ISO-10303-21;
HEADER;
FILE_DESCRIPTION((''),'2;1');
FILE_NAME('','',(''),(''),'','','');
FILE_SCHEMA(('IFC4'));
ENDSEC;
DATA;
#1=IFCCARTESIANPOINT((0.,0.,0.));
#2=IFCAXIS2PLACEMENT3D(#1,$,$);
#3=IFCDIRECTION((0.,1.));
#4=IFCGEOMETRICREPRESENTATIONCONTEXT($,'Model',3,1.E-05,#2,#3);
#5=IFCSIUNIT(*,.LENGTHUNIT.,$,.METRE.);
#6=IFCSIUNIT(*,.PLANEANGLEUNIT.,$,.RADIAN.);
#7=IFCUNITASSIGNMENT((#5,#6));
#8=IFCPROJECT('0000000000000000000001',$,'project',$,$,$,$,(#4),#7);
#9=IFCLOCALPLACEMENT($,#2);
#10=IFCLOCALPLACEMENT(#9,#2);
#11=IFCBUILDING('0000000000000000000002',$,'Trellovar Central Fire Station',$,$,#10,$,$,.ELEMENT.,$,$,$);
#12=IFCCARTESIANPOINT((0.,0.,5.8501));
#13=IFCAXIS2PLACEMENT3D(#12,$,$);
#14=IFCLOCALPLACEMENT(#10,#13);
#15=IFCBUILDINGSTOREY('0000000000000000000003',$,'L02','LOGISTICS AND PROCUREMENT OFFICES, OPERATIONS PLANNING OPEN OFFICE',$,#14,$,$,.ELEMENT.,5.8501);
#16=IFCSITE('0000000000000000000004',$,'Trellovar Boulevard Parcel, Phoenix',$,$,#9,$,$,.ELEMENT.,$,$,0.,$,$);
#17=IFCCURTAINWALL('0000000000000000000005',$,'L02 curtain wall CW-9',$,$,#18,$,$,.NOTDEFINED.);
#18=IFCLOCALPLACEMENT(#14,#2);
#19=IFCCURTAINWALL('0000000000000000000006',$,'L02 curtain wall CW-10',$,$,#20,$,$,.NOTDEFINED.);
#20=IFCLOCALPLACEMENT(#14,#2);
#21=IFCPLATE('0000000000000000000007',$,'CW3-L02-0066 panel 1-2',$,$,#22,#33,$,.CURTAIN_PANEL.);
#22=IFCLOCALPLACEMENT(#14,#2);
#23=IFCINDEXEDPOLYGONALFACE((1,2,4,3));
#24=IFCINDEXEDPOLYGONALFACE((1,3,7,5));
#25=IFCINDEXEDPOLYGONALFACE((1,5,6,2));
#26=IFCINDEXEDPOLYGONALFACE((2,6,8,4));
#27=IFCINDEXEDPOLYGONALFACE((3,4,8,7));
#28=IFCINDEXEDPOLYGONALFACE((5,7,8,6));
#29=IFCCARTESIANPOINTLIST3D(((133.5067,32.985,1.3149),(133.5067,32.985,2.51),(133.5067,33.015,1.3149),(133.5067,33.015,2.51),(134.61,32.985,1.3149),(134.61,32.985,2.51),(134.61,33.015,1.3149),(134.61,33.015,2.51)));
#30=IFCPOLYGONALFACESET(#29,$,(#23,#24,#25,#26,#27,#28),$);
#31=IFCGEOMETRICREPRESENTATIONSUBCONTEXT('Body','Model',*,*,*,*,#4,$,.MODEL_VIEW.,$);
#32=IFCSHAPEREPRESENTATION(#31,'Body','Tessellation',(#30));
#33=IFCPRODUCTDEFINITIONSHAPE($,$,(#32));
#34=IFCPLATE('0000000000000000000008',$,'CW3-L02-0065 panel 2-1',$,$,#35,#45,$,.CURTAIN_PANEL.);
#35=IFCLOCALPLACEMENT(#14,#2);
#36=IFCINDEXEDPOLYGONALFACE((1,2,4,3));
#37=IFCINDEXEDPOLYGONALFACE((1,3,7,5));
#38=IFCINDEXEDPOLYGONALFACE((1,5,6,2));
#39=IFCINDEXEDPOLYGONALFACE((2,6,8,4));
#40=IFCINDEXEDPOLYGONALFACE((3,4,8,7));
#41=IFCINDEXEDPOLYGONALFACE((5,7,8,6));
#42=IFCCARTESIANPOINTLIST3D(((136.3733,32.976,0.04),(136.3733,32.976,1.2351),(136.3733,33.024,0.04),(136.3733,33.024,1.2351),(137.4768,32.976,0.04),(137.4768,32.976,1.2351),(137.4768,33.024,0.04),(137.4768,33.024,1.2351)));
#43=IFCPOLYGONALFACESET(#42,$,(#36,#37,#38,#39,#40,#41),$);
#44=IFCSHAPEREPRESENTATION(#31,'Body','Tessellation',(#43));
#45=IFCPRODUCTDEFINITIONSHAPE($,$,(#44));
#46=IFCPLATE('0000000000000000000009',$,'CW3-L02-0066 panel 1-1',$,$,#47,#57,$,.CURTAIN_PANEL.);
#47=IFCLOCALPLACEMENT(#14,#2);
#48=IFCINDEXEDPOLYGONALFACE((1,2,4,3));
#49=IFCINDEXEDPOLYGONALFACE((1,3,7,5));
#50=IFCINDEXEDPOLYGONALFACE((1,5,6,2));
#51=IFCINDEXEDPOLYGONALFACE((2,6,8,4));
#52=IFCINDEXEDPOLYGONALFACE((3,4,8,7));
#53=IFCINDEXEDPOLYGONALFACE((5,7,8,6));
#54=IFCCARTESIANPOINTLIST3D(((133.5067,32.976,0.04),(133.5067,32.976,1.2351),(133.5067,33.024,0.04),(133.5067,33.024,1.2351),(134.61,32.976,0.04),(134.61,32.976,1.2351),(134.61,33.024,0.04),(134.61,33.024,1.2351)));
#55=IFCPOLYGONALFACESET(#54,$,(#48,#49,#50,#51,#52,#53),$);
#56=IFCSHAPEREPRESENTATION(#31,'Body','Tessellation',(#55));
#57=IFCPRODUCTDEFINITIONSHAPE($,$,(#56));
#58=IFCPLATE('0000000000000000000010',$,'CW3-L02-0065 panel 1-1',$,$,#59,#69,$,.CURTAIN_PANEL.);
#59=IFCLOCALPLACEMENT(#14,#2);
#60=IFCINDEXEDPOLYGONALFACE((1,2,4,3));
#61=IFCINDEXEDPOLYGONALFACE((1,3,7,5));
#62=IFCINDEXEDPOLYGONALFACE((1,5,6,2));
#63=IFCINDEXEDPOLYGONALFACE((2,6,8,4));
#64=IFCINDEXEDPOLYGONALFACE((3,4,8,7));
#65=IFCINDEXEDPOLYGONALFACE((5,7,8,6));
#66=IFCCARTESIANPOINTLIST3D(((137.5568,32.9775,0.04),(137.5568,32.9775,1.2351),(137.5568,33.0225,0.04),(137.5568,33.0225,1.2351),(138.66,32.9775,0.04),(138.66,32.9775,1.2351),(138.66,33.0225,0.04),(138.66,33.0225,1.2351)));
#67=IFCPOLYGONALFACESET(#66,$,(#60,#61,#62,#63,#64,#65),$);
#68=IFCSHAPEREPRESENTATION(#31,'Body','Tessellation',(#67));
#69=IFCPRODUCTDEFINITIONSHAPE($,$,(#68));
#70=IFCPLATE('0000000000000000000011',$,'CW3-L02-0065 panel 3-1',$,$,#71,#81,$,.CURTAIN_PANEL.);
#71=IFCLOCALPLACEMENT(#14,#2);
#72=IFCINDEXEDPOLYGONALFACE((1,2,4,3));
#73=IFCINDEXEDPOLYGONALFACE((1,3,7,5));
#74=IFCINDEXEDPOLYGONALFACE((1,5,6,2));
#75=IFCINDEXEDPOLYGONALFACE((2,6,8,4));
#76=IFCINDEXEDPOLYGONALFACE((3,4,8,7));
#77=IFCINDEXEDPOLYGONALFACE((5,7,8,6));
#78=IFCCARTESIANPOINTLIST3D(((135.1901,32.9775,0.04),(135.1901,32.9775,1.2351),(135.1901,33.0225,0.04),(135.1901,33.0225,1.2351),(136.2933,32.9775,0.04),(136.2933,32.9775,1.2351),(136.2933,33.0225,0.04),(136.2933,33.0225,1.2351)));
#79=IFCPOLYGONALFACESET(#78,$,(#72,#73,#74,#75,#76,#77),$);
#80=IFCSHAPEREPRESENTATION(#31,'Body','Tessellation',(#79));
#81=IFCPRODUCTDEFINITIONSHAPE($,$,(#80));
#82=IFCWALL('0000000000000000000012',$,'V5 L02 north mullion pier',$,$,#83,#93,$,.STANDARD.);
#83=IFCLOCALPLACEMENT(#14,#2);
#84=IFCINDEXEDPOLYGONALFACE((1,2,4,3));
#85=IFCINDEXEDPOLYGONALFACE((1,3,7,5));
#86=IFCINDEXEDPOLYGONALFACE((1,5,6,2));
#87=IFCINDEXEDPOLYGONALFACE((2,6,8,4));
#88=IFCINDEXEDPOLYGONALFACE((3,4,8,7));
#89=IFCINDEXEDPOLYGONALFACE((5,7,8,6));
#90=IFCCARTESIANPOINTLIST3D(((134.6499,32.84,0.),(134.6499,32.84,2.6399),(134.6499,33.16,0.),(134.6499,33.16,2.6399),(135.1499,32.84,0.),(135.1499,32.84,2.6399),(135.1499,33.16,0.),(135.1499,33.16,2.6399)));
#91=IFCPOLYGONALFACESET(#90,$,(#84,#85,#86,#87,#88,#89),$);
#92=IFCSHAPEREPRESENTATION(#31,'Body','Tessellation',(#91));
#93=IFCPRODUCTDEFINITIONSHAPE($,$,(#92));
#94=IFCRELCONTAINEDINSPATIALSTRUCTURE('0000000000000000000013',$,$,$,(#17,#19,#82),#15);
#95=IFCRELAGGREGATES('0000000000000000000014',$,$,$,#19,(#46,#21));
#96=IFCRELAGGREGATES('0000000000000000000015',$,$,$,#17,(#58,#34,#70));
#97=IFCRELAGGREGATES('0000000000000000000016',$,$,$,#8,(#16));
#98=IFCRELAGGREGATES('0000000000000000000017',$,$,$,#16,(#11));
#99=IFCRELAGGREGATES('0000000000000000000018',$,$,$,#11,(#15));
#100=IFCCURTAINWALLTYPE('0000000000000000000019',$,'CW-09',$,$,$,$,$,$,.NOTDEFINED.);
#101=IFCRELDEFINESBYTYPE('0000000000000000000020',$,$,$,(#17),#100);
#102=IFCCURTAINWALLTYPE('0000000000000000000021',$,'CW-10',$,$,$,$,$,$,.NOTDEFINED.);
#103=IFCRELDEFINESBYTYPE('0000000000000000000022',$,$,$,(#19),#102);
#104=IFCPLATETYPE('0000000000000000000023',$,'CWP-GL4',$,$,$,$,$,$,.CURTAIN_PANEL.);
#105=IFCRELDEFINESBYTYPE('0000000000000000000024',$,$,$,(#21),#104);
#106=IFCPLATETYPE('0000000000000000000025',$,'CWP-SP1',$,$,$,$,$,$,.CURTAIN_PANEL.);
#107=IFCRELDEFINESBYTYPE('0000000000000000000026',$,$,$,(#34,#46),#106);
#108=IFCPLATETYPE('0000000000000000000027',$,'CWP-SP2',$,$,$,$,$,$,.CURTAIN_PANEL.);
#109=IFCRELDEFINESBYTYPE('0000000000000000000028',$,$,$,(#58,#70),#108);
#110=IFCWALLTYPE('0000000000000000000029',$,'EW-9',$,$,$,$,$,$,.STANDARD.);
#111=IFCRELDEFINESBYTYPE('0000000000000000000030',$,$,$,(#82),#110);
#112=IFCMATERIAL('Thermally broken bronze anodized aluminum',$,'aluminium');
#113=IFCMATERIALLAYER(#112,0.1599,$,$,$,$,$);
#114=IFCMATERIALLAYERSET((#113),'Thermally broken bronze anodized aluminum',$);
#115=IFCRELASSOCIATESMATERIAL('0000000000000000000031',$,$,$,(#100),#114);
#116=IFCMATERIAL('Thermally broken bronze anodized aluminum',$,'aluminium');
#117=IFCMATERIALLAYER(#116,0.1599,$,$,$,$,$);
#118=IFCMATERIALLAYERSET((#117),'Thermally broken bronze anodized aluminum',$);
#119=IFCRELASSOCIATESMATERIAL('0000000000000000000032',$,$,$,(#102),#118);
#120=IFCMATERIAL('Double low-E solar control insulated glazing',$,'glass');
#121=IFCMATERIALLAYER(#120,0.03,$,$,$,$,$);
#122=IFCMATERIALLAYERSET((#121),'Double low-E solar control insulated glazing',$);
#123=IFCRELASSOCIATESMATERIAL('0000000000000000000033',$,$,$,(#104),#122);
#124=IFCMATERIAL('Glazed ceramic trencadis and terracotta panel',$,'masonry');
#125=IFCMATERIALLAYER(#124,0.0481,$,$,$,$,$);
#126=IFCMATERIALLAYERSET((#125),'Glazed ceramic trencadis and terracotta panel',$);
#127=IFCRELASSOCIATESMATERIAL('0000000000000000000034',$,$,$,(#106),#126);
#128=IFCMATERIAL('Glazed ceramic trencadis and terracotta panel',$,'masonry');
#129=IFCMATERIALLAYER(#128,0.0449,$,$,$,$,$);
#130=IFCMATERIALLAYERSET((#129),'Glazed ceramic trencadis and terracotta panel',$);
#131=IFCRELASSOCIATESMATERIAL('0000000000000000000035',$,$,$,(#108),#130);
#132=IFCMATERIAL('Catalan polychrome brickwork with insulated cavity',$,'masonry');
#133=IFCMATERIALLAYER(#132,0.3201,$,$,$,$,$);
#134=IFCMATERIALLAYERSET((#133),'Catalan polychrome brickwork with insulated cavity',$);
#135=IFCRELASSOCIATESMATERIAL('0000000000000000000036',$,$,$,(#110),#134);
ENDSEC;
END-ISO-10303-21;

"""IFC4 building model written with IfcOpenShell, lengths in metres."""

from ifc_helpers import new_model, si_unit, direction, frame, frame_2d, origin, origin_2d, place, context, subcontext, project, spatial, rectangle, extrude, material, layer, layer_set, type_object, element, aggregate, save


model = new_model("IFC4")

# Units and contexts
model_context = context("Model", 3, precision=1e-05, world=origin(), true_north=direction((0.0, 1.0)))
body_context = subcontext(model_context, "Body", "Model", "MODEL_VIEW")
ifc_project = project(units=[si_unit("LENGTHUNIT", "METRE"), si_unit("PLANEANGLEUNIT", "RADIAN")], contexts=[model_context])

# Site, building, storey
site_placement = place(None, origin())
site = spatial("IfcSite", under=ifc_project, at=site_placement, Name="Trellovar Boulevard Parcel, Phoenix", CompositionType="ELEMENT", RefElevation=0.0)
building_placement = place(site_placement, origin())
building = spatial("IfcBuilding", under=site, at=building_placement, Name="Trellovar Central Fire Station", CompositionType="ELEMENT")
storey_placement = place(building_placement, frame((0.0, 0.0, 5.8501)))
storey = spatial("IfcBuildingStorey", under=building, at=storey_placement, Name="L02", Description="LOGISTICS AND PROCUREMENT OFFICES, OPERATIONS PLANNING OPEN OFFICE", CompositionType="ELEMENT", Elevation=5.8501)

# Curtain walls
ifc_material_1 = material(Name="Thermally broken bronze anodized aluminum", Category="aluminium")
ifc_layer_1 = layer(ifc_material_1, 0.1599)
ifc_layer_set_1 = layer_set([ifc_layer_1], Name="Thermally broken bronze anodized aluminum")
curtain_wall_type_1 = type_object("IfcCurtainWallType", Name="CW-09", PredefinedType="NOTDEFINED", material=ifc_layer_set_1)
curtain_wall_1_placement = place(storey_placement, origin())
curtain_wall_1 = element("IfcCurtainWall", 1, at=curtain_wall_1_placement, inside=storey, type_object=curtain_wall_type_1, Name="L02 curtain wall CW-9", PredefinedType="NOTDEFINED")
ifc_material_2 = material(Name="Thermally broken bronze anodized aluminum", Category="aluminium")
ifc_layer_2 = layer(ifc_material_2, 0.1599)
ifc_layer_set_2 = layer_set([ifc_layer_2], Name="Thermally broken bronze anodized aluminum")
curtain_wall_type_2 = type_object("IfcCurtainWallType", Name="CW-10", PredefinedType="NOTDEFINED", material=ifc_layer_set_2)
curtain_wall_2_placement = place(storey_placement, origin())
curtain_wall_2 = element("IfcCurtainWall", 2, at=curtain_wall_2_placement, inside=storey, type_object=curtain_wall_type_2, Name="L02 curtain wall CW-10", PredefinedType="NOTDEFINED")

# Plates
ifc_material_3 = material(Name="Double low-E solar control insulated glazing", Category="glass")
ifc_layer_3 = layer(ifc_material_3, 0.03)
ifc_layer_set_3 = layer_set([ifc_layer_3], Name="Double low-E solar control insulated glazing")
plate_type_1 = type_object("IfcPlateType", Name="CWP-GL4", PredefinedType="CURTAIN_PANEL", material=ifc_layer_set_3)
plate_1_placement = place(storey_placement, frame((134.0583, 33.0, 1.3149), z_axis=(0.0, 0.0, 1.0), x_axis=(-1.0, 0.0, 0.0)))
plate_1 = element("IfcPlate", 3, at=plate_1_placement, type_object=plate_type_1, Name="CW3-L02-0066 panel 1-2", PredefinedType="CURTAIN_PANEL", context=body_context, shape_type="SweptSolid", body=[
    extrude(rectangle(XDim=1.1033, YDim=0.03, at=origin_2d()), origin(), (0.0, 0.0, 1.0), 1.1951),
])
ifc_material_4 = material(Name="Glazed ceramic trencadis and terracotta panel", Category="masonry")
ifc_layer_4 = layer(ifc_material_4, 0.0481)
ifc_layer_set_4 = layer_set([ifc_layer_4], Name="Glazed ceramic trencadis and terracotta panel")
plate_type_2 = type_object("IfcPlateType", Name="CWP-SP1", PredefinedType="CURTAIN_PANEL", material=ifc_layer_set_4)
plate_2_placement = place(storey_placement, frame((136.925, 33.0, 0.04), z_axis=(0.0, 0.0, 1.0), x_axis=(-1.0, 0.0, 0.0)))
plate_2 = element("IfcPlate", 4, at=plate_2_placement, type_object=plate_type_2, Name="CW3-L02-0065 panel 2-1", PredefinedType="CURTAIN_PANEL", context=body_context, shape_type="SweptSolid", body=[
    extrude(rectangle(XDim=1.1035, YDim=0.0481, at=origin_2d()), origin(), (0.0, 0.0, 1.0), 1.1951),
])
plate_3_placement = place(storey_placement, frame((134.0583, 33.0, 0.04), z_axis=(0.0, 0.0, 1.0), x_axis=(-1.0, 0.0, 0.0)))
plate_3 = element("IfcPlate", 5, at=plate_3_placement, type_object=plate_type_2, Name="CW3-L02-0066 panel 1-1", PredefinedType="CURTAIN_PANEL", context=body_context, shape_type="SweptSolid", body=[
    extrude(rectangle(XDim=1.1033, YDim=0.0481, at=origin_2d()), origin(), (0.0, 0.0, 1.0), 1.1951),
])
aggregate(curtain_wall_2, [plate_3, plate_1])
ifc_material_5 = material(Name="Glazed ceramic trencadis and terracotta panel", Category="masonry")
ifc_layer_5 = layer(ifc_material_5, 0.0449)
ifc_layer_set_5 = layer_set([ifc_layer_5], Name="Glazed ceramic trencadis and terracotta panel")
plate_type_3 = type_object("IfcPlateType", Name="CWP-SP2", PredefinedType="CURTAIN_PANEL", material=ifc_layer_set_5)
plate_4_placement = place(storey_placement, frame((138.1084, 33.0, 0.04), z_axis=(0.0, 0.0, 1.0), x_axis=(-1.0, 0.0, 0.0)))
plate_4 = element("IfcPlate", 6, at=plate_4_placement, type_object=plate_type_3, Name="CW3-L02-0065 panel 1-1", PredefinedType="CURTAIN_PANEL", context=body_context, shape_type="SweptSolid", body=[
    extrude(rectangle(XDim=1.1033, YDim=0.0449, at=origin_2d()), origin(), (0.0, 0.0, 1.0), 1.1951),
])
plate_5_placement = place(storey_placement, frame((135.7417, 33.0, 0.04), z_axis=(0.0, 0.0, 1.0), x_axis=(-1.0, 0.0, 0.0)))
plate_5 = element("IfcPlate", 7, at=plate_5_placement, type_object=plate_type_3, Name="CW3-L02-0065 panel 3-1", PredefinedType="CURTAIN_PANEL", context=body_context, shape_type="SweptSolid", body=[
    extrude(rectangle(XDim=1.1033, YDim=0.0449, at=origin_2d()), origin(), (0.0, 0.0, 1.0), 1.1951),
])
aggregate(curtain_wall_1, [plate_4, plate_2, plate_5])

# Wall
ifc_material_6 = material(Name="Catalan polychrome brickwork with insulated cavity", Category="masonry")
ifc_layer_6 = layer(ifc_material_6, 0.3201)
ifc_layer_set_6 = layer_set([ifc_layer_6], Name="Catalan polychrome brickwork with insulated cavity")
wall_type = type_object("IfcWallType", Name="EW-9", PredefinedType="STANDARD", material=ifc_layer_set_6)
wall_placement = place(storey_placement, frame((135.1499, 33.0, 0.0), z_axis=(0.0, 0.0, 1.0), x_axis=(-1.0, 0.0, 0.0)))
element("IfcWall", 8, at=wall_placement, inside=storey, type_object=wall_type, Name="V5 L02 north mullion pier", PredefinedType="STANDARD", context=body_context, shape_type="SweptSolid", body=[
    extrude(rectangle(XDim=0.5, YDim=0.3201, at=frame_2d((0.25, 0.0))), origin(), (0.0, 0.0, 1.0), 2.6399),
])

save(model, "model.ifc")
